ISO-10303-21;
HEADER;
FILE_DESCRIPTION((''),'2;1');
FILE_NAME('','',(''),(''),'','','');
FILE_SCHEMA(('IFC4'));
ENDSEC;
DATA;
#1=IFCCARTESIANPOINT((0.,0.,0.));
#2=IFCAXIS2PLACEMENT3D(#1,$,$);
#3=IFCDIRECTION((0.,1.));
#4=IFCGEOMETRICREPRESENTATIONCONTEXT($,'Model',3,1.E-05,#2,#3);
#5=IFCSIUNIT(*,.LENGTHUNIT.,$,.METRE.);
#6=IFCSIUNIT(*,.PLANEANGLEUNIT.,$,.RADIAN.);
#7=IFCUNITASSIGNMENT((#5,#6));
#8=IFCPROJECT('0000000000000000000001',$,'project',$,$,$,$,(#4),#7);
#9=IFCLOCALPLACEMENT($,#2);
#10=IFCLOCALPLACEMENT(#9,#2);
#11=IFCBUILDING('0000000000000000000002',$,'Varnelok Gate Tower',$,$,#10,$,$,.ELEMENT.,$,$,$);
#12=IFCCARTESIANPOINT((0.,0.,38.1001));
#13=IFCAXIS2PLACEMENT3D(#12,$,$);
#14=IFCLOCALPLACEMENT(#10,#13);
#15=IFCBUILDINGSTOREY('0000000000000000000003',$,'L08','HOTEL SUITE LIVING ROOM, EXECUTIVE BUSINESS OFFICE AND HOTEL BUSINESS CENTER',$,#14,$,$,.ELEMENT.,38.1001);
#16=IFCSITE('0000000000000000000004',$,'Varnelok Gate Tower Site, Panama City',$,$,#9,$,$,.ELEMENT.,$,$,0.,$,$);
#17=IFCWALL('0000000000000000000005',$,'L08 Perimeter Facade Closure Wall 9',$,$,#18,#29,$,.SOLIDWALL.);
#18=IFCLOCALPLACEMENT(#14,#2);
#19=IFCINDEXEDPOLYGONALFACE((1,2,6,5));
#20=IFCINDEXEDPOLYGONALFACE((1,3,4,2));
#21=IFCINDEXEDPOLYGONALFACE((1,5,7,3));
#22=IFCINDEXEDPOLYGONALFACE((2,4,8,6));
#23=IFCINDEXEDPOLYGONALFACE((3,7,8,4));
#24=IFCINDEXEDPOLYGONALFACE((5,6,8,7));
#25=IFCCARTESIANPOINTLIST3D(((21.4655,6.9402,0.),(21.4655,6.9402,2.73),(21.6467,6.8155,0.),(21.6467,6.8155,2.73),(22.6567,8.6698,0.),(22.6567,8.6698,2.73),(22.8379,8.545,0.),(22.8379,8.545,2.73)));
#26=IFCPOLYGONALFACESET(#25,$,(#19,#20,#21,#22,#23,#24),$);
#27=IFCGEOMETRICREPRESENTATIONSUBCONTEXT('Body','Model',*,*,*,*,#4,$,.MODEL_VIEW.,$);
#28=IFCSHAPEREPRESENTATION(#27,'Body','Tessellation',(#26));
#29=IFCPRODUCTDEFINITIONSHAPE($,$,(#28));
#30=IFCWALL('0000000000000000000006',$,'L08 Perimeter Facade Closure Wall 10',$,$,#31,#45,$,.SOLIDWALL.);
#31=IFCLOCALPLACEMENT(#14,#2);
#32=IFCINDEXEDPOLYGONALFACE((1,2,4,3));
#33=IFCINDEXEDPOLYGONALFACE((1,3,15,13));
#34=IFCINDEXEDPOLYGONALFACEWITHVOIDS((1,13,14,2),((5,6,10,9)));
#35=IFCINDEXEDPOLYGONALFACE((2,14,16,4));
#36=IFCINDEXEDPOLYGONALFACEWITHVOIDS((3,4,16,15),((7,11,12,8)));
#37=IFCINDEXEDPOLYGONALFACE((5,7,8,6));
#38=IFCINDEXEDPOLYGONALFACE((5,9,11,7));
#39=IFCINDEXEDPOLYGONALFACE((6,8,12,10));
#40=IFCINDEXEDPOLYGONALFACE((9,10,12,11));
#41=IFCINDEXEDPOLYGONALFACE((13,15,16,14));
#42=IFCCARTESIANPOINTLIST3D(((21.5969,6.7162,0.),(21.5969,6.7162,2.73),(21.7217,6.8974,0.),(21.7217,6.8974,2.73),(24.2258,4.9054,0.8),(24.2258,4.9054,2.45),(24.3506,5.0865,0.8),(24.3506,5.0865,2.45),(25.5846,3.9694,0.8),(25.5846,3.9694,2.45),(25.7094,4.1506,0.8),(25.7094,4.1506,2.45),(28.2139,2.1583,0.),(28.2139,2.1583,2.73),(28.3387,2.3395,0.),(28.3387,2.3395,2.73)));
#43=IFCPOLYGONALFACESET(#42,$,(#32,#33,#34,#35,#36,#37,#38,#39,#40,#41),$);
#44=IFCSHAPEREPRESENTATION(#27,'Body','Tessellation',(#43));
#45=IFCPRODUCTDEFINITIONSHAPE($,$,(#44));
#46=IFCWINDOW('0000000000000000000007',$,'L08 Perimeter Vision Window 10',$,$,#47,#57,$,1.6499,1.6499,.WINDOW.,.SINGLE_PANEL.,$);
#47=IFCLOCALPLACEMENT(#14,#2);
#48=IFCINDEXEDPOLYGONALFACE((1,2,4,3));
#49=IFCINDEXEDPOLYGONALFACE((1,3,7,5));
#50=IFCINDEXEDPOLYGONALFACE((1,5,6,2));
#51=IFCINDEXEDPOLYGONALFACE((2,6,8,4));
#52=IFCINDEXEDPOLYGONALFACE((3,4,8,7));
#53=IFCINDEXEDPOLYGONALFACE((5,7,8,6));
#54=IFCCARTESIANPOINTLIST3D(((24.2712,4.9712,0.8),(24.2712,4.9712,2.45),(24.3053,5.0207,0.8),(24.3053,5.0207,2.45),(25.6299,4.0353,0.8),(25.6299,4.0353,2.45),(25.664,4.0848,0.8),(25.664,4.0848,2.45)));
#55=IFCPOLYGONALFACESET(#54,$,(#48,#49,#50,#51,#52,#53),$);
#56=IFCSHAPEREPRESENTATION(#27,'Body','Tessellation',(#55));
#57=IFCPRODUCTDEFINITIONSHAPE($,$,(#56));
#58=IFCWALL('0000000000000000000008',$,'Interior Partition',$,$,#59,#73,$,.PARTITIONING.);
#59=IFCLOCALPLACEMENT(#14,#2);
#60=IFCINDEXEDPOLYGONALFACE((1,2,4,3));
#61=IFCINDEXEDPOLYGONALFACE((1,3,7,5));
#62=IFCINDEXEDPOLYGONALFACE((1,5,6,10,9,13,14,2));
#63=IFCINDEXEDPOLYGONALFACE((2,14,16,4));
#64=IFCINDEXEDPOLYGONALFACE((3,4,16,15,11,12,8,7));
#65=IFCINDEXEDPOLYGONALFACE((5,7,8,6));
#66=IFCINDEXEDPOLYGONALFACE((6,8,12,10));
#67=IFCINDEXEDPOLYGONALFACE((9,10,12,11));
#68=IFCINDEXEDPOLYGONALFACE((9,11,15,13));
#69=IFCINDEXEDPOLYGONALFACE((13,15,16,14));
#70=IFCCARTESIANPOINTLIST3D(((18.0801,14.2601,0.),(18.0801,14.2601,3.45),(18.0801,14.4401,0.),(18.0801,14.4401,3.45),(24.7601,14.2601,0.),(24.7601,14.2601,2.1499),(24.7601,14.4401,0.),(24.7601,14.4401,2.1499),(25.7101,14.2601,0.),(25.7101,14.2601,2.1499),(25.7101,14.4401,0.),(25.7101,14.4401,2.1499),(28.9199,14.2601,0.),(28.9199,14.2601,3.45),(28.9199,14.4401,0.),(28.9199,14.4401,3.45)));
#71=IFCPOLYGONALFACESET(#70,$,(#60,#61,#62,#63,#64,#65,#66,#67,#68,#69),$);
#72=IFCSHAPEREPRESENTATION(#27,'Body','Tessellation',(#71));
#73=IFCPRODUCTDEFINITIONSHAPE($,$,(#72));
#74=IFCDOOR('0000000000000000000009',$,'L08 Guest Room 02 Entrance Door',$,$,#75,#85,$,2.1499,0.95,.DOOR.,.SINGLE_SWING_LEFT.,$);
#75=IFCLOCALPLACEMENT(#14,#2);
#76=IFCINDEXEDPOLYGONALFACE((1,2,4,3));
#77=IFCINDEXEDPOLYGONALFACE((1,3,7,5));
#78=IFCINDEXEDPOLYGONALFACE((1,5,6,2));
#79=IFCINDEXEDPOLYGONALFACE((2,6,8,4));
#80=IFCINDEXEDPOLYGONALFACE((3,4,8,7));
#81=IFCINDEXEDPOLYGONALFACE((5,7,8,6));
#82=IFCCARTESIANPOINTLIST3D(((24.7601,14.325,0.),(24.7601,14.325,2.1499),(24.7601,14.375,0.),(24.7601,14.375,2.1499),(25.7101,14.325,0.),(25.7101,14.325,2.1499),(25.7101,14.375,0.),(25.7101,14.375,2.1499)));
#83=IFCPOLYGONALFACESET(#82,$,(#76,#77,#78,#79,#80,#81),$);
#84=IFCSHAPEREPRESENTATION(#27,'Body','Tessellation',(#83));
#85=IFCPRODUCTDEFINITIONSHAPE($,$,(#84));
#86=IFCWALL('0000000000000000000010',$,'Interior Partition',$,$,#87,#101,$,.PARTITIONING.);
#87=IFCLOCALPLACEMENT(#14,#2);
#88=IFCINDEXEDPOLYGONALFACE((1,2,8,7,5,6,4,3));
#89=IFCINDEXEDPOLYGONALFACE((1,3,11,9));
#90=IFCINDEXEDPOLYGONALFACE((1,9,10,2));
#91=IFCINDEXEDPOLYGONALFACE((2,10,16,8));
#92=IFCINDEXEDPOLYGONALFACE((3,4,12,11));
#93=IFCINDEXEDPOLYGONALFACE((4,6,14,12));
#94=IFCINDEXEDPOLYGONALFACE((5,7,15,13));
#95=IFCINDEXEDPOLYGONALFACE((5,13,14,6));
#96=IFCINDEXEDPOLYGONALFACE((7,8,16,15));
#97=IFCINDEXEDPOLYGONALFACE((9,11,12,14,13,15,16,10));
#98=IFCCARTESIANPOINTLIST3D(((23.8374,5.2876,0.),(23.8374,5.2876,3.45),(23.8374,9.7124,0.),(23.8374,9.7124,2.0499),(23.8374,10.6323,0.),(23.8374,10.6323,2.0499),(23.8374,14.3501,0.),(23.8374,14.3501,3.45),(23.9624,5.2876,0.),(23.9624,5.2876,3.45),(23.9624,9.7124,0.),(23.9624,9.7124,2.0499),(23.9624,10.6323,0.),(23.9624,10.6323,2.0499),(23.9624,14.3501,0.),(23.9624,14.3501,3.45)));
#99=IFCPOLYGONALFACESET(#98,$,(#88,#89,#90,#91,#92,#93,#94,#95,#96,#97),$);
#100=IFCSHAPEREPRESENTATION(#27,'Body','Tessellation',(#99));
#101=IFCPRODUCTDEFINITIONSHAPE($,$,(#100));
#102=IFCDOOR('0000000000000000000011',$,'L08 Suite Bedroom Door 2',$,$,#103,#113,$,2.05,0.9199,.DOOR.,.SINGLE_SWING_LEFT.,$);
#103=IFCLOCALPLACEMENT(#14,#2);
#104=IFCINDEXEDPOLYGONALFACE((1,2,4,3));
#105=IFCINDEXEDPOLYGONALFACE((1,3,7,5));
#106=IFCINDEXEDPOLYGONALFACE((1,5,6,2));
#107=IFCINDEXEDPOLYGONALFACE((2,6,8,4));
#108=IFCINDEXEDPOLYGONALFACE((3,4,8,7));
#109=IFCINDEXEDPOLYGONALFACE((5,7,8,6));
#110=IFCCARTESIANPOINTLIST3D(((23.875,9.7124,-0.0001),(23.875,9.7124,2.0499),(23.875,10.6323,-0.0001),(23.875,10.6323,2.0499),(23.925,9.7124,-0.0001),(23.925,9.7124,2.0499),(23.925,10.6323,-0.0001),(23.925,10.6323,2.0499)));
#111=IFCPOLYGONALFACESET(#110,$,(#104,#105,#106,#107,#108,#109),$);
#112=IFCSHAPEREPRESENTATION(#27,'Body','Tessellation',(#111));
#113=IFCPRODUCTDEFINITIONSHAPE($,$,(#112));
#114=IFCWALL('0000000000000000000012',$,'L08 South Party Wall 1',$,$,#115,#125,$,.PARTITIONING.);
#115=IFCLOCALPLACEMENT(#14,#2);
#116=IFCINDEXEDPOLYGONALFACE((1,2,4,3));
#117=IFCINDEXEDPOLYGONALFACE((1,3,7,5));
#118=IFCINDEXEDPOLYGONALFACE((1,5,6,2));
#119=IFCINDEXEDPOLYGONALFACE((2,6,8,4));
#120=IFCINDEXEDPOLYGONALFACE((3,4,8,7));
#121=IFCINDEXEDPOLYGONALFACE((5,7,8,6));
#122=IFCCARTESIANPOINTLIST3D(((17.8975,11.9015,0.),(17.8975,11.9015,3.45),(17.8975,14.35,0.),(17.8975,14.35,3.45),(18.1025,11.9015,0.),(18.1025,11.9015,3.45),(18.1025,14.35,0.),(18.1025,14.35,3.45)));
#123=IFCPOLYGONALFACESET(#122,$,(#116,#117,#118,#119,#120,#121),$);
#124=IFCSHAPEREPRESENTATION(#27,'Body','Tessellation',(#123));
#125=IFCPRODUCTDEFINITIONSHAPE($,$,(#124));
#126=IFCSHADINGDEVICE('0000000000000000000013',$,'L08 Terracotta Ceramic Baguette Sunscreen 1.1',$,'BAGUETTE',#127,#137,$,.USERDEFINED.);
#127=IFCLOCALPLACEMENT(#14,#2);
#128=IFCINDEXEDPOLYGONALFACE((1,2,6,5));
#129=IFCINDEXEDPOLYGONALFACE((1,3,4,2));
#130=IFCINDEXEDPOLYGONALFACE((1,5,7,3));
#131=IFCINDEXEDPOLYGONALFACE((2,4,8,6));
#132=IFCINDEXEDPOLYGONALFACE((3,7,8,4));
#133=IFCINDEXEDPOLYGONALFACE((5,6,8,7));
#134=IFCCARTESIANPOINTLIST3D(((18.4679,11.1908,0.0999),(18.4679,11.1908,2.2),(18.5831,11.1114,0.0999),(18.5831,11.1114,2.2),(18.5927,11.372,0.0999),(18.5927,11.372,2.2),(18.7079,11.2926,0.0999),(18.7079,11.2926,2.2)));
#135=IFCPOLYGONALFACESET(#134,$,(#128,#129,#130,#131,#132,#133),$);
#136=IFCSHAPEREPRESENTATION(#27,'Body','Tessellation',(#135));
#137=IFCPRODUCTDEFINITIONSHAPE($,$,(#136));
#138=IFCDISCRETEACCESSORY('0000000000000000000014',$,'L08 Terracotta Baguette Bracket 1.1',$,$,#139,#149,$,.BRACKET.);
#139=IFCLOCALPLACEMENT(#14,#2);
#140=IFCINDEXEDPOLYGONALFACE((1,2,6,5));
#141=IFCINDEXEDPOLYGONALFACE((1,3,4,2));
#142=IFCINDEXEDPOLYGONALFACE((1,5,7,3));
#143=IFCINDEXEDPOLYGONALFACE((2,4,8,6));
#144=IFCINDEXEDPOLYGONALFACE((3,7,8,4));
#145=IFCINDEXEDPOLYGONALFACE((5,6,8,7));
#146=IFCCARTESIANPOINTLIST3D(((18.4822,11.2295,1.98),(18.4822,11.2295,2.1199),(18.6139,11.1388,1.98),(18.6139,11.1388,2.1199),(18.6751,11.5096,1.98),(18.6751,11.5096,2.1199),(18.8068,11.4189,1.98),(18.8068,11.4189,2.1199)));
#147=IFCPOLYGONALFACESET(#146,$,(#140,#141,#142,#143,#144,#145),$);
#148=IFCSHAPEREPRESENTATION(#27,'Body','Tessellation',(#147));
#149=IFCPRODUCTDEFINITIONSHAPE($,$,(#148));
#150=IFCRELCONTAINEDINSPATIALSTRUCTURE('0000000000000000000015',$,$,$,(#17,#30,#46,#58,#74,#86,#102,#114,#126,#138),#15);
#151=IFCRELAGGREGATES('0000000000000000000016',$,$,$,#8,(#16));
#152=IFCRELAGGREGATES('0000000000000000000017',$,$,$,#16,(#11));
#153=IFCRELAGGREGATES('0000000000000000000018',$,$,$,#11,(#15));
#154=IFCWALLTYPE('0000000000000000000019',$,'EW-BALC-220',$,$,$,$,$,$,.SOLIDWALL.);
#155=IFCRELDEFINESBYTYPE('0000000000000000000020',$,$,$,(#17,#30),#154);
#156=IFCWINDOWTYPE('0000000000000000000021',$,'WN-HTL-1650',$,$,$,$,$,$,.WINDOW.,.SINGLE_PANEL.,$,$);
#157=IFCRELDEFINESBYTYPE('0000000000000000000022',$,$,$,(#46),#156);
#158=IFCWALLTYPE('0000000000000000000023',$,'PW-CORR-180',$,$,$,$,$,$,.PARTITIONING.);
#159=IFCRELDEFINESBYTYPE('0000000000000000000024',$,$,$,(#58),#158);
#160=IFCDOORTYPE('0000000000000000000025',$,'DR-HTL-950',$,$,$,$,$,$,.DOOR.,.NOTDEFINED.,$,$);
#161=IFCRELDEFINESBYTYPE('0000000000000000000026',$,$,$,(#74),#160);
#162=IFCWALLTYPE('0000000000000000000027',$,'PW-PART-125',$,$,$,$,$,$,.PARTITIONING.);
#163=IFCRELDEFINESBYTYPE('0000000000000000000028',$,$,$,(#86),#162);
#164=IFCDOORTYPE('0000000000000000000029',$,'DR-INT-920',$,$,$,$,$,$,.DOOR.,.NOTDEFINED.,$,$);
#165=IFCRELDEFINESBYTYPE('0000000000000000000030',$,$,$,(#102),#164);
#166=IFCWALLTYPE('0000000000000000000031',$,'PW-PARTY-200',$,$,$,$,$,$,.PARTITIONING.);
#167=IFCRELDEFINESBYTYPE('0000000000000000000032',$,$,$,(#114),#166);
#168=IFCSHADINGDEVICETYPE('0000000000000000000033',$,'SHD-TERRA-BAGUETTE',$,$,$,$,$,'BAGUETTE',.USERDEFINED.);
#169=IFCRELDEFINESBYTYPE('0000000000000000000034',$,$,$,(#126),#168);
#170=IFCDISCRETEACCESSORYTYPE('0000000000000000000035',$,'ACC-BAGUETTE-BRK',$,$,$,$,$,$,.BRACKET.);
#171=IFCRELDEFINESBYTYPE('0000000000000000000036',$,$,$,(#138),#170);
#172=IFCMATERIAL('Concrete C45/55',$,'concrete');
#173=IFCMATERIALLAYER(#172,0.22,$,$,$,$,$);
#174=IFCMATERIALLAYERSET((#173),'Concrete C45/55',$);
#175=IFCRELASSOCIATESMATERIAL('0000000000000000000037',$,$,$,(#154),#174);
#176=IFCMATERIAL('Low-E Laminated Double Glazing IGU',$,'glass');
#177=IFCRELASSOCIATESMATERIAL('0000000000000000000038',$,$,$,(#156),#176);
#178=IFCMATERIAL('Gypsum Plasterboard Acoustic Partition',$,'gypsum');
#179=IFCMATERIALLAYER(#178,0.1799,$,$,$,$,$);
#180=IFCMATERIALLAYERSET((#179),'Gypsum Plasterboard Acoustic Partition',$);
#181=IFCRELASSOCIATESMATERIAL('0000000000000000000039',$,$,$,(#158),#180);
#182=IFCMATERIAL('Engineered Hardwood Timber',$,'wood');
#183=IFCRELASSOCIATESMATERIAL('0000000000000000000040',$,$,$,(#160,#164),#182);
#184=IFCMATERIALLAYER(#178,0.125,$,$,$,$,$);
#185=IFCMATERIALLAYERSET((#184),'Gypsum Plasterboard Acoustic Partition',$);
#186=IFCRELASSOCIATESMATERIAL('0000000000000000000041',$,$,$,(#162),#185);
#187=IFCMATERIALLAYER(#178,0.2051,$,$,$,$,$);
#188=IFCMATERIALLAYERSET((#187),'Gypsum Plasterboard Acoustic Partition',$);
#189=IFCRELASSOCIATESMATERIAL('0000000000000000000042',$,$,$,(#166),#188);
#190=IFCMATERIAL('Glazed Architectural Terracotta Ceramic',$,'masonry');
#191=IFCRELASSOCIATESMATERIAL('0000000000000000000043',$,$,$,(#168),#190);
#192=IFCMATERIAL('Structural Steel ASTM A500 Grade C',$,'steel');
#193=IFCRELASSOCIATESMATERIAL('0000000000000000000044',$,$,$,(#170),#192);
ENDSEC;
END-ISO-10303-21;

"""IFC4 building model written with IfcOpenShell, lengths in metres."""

from ifc_helpers import new_model, si_unit, direction, frame, frame_2d, origin, origin_2d, place, context, subcontext, project, spatial, rectangle, extrude, source, transform, mapped, material, layer, layer_set, type_object, element, fill, save


model = new_model("IFC4")

# Units and contexts
model_context = context("Model", 3, precision=1e-05, world=origin(), true_north=direction((0.0, 1.0)))
body_context = subcontext(model_context, "Body", "Model", "MODEL_VIEW")
ifc_project = project(units=[si_unit("LENGTHUNIT", "METRE"), si_unit("PLANEANGLEUNIT", "RADIAN")], contexts=[model_context])

# Site, building, storey
site_placement = place(None, origin())
site = spatial("IfcSite", under=ifc_project, at=site_placement, Name="Varnelok Gate Tower Site, Panama City", CompositionType="ELEMENT", RefElevation=0.0)
building_placement = place(site_placement, origin())
building = spatial("IfcBuilding", under=site, at=building_placement, Name="Varnelok Gate Tower", CompositionType="ELEMENT")
storey_placement = place(building_placement, frame((0.0, 0.0, 38.1001)))
storey = spatial("IfcBuildingStorey", under=building, at=storey_placement, Name="L08", Description="HOTEL SUITE LIVING ROOM, EXECUTIVE BUSINESS OFFICE AND HOTEL BUSINESS CENTER", CompositionType="ELEMENT", Elevation=38.1001)

# Shared definitions
ifc_material_1 = material(Name="Concrete C45/55", Category="concrete")
ifc_layer_1 = layer(ifc_material_1, 0.22)
ifc_layer_set_1 = layer_set([ifc_layer_1], Name="Concrete C45/55")
wall_type_1 = type_object("IfcWallType", Name="EW-BALC-220", PredefinedType="SOLIDWALL", material=ifc_layer_set_1)

# Wall
wall_1_placement = place(storey_placement, frame((22.7473, 8.6074, 0.0), z_axis=(0.0, 0.0, 1.0), x_axis=(-0.567219, -0.823567, 0.0)))
element("IfcWall", 1, at=wall_1_placement, inside=storey, type_object=wall_type_1, Name="L08 Perimeter Facade Closure Wall 9", PredefinedType="SOLIDWALL", context=body_context, shape_type="SweptSolid", body=[
    extrude(rectangle(XDim=2.1001, YDim=0.22, at=frame_2d((1.05, 0.0))), origin(), (0.0, 0.0, 1.0), 2.73),
])

# Wall, opening, window
wall_2_placement = place(storey_placement, frame((21.6592, 6.8069, 0.0), z_axis=(0.0, 0.0, 1.0), x_axis=(0.823535, -0.567265, 0.0)))
wall_2 = element("IfcWall", 2, at=wall_2_placement, inside=storey, type_object=wall_type_1, Name="L08 Perimeter Facade Closure Wall 10", PredefinedType="SOLIDWALL", context=body_context, shape_type="SweptSolid", body=[
    extrude(rectangle(XDim=8.0349, YDim=0.22, at=frame_2d((4.0176, 0.0))), origin(), (0.0, 0.0, 1.0), 2.73),
])
opening_1_placement = place(wall_2_placement, frame((3.1924, 0.0, 0.8)))
opening_1 = element("IfcOpeningElement", 3, at=opening_1_placement, cuts=wall_2, PredefinedType="OPENING", context=body_context, shape_type="SweptSolid", body=[
    extrude(rectangle(XDim=1.6499, YDim=1.6499, at=frame_2d((0.825, 0.825))), frame((0.0, 0.1199, 0.0), z_axis=(0.0, -1.0, 0.0), x_axis=(1.0, 0.0, 0.0)), (0.0, 0.0, 1.0), 0.24),
])
ifc_material_2 = material(Name="Low-E Laminated Double Glazing IGU", Category="glass")
window_type = type_object("IfcWindowType", Name="WN-HTL-1650", PartitioningType="SINGLE_PANEL", PredefinedType="WINDOW", material=ifc_material_2)
window_placement = place(opening_1_placement, origin())
window = element("IfcWindow", 4, at=window_placement, inside=storey, type_object=window_type, Name="L08 Perimeter Vision Window 10", OverallHeight=1.6499, OverallWidth=1.6499, PartitioningType="SINGLE_PANEL", PredefinedType="WINDOW", context=body_context, shape_type="SweptSolid", body=[
    extrude(rectangle(XDim=1.6499, YDim=1.6499, at=frame_2d((0.825, 0.825))), frame((0.0, 0.03, 0.0), z_axis=(0.0, -1.0, 0.0), x_axis=(1.0, 0.0, 0.0)), (0.0, 0.0, 1.0), 0.0601),
])
fill(opening_1, window)

# Walls, openings, doors
ifc_material_3 = material(Name="Gypsum Plasterboard Acoustic Partition", Category="gypsum")
ifc_layer_2 = layer(ifc_material_3, 0.1799)
ifc_layer_set_2 = layer_set([ifc_layer_2], Name="Gypsum Plasterboard Acoustic Partition")
wall_type_2 = type_object("IfcWallType", Name="PW-CORR-180", PredefinedType="PARTITIONING", material=ifc_layer_set_2)
wall_3_placement = place(storey_placement, frame((18.0801, 14.3501, 0.0), z_axis=(0.0, 0.0, 1.0), x_axis=(1.0, 0.0, 0.0)))
wall_3 = element("IfcWall", 5, at=wall_3_placement, inside=storey, type_object=wall_type_2, Name="Interior Partition", PredefinedType="PARTITIONING", context=body_context, shape_type="SweptSolid", body=[
    extrude(rectangle(XDim=10.8398, YDim=0.1799, at=frame_2d((5.4199, 0.0))), origin(), (0.0, 0.0, 1.0), 3.45),
])
opening_2_placement = place(wall_3_placement, frame((6.6799, 0.0, 0.0)))
opening_2 = element("IfcOpeningElement", 6, at=opening_2_placement, cuts=wall_3, PredefinedType="OPENING", context=body_context, shape_type="SweptSolid", body=[
    extrude(rectangle(XDim=0.95, YDim=2.1499, at=frame_2d((0.4751, 1.075))), frame((0.0, 0.0999, 0.0), z_axis=(0.0, -1.0, 0.0), x_axis=(1.0, 0.0, 0.0)), (0.0, 0.0, 1.0), 0.2),
])
ifc_material_4 = material(Name="Engineered Hardwood Timber", Category="wood")
door_type_1 = type_object("IfcDoorType", Name="DR-HTL-950", OperationType="NOTDEFINED", PredefinedType="DOOR", material=ifc_material_4)
door_1_placement = place(opening_2_placement, origin())
door_1 = element("IfcDoor", 7, at=door_1_placement, inside=storey, type_object=door_type_1, Name="L08 Guest Room 02 Entrance Door", OperationType="SINGLE_SWING_LEFT", OverallHeight=2.1499, OverallWidth=0.95, PredefinedType="DOOR", context=body_context, shape_type="SweptSolid", body=[
    extrude(rectangle(XDim=0.95, YDim=2.1499, at=frame_2d((0.4751, 1.075))), frame((0.0, 0.0249, 0.0), z_axis=(0.0, -1.0, 0.0), x_axis=(1.0, 0.0, 0.0)), (0.0, 0.0, 1.0), 0.05),
])
fill(opening_2, door_1)
ifc_layer_3 = layer(ifc_material_3, 0.125)
ifc_layer_set_3 = layer_set([ifc_layer_3], Name="Gypsum Plasterboard Acoustic Partition")
wall_type_3 = type_object("IfcWallType", Name="PW-PART-125", PredefinedType="PARTITIONING", material=ifc_layer_set_3)
wall_4_placement = place(storey_placement, frame((23.8999, 5.2876, 0.0), z_axis=(0.0, 0.0, 1.0), x_axis=(0.0, 1.0, 0.0)))
wall_4 = element("IfcWall", 8, at=wall_4_placement, inside=storey, type_object=wall_type_3, Name="Interior Partition", PredefinedType="PARTITIONING", context=body_context, shape_type="SweptSolid", body=[
    extrude(rectangle(XDim=9.0625, YDim=0.125, at=frame_2d((4.5312, 0.0))), origin(), (0.0, 0.0, 1.0), 3.45),
])
opening_3_placement = place(wall_4_placement, frame((4.4248, 0.0, 0.0)))
opening_3 = element("IfcOpeningElement", 9, at=opening_3_placement, cuts=wall_4, PredefinedType="OPENING", context=body_context, shape_type="SweptSolid", body=[
    extrude(rectangle(XDim=0.9199, YDim=2.05, at=frame_2d((0.46, 1.0249))), frame((0.0, 0.0725, 0.0), z_axis=(0.0, -1.0, 0.0), x_axis=(1.0, 0.0, 0.0)), (0.0, 0.0, 1.0), 0.145),
])
door_type_2 = type_object("IfcDoorType", Name="DR-INT-920", OperationType="NOTDEFINED", PredefinedType="DOOR", material=ifc_material_4)
door_2_placement = place(opening_3_placement, origin())
door_2 = element("IfcDoor", 10, at=door_2_placement, inside=storey, type_object=door_type_2, Name="L08 Suite Bedroom Door 2", OperationType="SINGLE_SWING_LEFT", OverallHeight=2.05, OverallWidth=0.9199, PredefinedType="DOOR", context=body_context, shape_type="SweptSolid", body=[
    extrude(rectangle(XDim=0.9199, YDim=2.05, at=frame_2d((0.46, 1.0249))), frame((0.0, 0.0249, 0.0), z_axis=(0.0, -1.0, 0.0), x_axis=(1.0, 0.0, 0.0)), (0.0, 0.0, 1.0), 0.05),
])
fill(opening_3, door_2)

# Wall
ifc_layer_4 = layer(ifc_material_3, 0.2051)
ifc_layer_set_4 = layer_set([ifc_layer_4], Name="Gypsum Plasterboard Acoustic Partition")
wall_type_4 = type_object("IfcWallType", Name="PW-PARTY-200", PredefinedType="PARTITIONING", material=ifc_layer_set_4)
wall_5_placement = place(storey_placement, frame((18.0, 11.9016, 0.0), z_axis=(0.0, 0.0, 1.0), x_axis=(0.0, 1.0, 0.0)))
element("IfcWall", 11, at=wall_5_placement, inside=storey, type_object=wall_type_4, Name="L08 South Party Wall 1", PredefinedType="PARTITIONING", context=body_context, shape_type="SweptSolid", body=[
    extrude(rectangle(XDim=2.4485, YDim=0.2051, at=frame_2d((1.2241, 0.0))), origin(), (0.0, 0.0, 1.0), 3.45),
])

# Shading device
ifc_material_5 = material(Name="Glazed Architectural Terracotta Ceramic", Category="masonry")
shading_device_type = type_object("IfcShadingDeviceType", Name="SHD-TERRA-BAGUETTE", ElementType="BAGUETTE", PredefinedType="USERDEFINED", material=ifc_material_5)
shared_shape_1 = source(origin(), body_context, "Body", "SweptSolid", [
    extrude(rectangle(XDim=0.1399, YDim=0.22, at=origin_2d()), origin(), (0.0, 0.0, 1.0), 2.1001),
])
shading_device_placement = place(storey_placement, frame((18.5879, 11.2417, 0.0999), z_axis=(0.0, 0.0, 1.0), x_axis=(0.823533, -0.567269, 0.0)))
element("IfcShadingDevice", 12, at=shading_device_placement, inside=storey, type_object=shading_device_type, Name="L08 Terracotta Ceramic Baguette Sunscreen 1.1", ObjectType="BAGUETTE", PredefinedType="USERDEFINED", context=body_context, shape_type="MappedRepresentation", body=[
    mapped(shared_shape_1, transform((0.0, 0.0, 0.0), scale=1.0)),
])

# Discrete accessory
ifc_material_6 = material(Name="Structural Steel ASTM A500 Grade C", Category="steel")
discrete_accessory_type = type_object("IfcDiscreteAccessoryType", Name="ACC-BAGUETTE-BRK", PredefinedType="BRACKET", material=ifc_material_6)
shared_shape_2 = source(origin(), body_context, "Body", "SweptSolid", [
    extrude(rectangle(XDim=0.1599, YDim=0.3401, at=origin_2d()), origin(), (0.0, 0.0, 1.0), 0.1399),
])
discrete_accessory_placement = place(storey_placement, frame((18.6445, 11.3242, 1.98), z_axis=(0.0, 0.0, 1.0), x_axis=(0.823533, -0.567269, 0.0)))
element("IfcDiscreteAccessory", 13, at=discrete_accessory_placement, inside=storey, type_object=discrete_accessory_type, Name="L08 Terracotta Baguette Bracket 1.1", PredefinedType="BRACKET", context=body_context, shape_type="MappedRepresentation", body=[
    mapped(shared_shape_2, transform((0.0, 0.0, 0.0), scale=1.0)),
])

save(model, "model.ifc")
